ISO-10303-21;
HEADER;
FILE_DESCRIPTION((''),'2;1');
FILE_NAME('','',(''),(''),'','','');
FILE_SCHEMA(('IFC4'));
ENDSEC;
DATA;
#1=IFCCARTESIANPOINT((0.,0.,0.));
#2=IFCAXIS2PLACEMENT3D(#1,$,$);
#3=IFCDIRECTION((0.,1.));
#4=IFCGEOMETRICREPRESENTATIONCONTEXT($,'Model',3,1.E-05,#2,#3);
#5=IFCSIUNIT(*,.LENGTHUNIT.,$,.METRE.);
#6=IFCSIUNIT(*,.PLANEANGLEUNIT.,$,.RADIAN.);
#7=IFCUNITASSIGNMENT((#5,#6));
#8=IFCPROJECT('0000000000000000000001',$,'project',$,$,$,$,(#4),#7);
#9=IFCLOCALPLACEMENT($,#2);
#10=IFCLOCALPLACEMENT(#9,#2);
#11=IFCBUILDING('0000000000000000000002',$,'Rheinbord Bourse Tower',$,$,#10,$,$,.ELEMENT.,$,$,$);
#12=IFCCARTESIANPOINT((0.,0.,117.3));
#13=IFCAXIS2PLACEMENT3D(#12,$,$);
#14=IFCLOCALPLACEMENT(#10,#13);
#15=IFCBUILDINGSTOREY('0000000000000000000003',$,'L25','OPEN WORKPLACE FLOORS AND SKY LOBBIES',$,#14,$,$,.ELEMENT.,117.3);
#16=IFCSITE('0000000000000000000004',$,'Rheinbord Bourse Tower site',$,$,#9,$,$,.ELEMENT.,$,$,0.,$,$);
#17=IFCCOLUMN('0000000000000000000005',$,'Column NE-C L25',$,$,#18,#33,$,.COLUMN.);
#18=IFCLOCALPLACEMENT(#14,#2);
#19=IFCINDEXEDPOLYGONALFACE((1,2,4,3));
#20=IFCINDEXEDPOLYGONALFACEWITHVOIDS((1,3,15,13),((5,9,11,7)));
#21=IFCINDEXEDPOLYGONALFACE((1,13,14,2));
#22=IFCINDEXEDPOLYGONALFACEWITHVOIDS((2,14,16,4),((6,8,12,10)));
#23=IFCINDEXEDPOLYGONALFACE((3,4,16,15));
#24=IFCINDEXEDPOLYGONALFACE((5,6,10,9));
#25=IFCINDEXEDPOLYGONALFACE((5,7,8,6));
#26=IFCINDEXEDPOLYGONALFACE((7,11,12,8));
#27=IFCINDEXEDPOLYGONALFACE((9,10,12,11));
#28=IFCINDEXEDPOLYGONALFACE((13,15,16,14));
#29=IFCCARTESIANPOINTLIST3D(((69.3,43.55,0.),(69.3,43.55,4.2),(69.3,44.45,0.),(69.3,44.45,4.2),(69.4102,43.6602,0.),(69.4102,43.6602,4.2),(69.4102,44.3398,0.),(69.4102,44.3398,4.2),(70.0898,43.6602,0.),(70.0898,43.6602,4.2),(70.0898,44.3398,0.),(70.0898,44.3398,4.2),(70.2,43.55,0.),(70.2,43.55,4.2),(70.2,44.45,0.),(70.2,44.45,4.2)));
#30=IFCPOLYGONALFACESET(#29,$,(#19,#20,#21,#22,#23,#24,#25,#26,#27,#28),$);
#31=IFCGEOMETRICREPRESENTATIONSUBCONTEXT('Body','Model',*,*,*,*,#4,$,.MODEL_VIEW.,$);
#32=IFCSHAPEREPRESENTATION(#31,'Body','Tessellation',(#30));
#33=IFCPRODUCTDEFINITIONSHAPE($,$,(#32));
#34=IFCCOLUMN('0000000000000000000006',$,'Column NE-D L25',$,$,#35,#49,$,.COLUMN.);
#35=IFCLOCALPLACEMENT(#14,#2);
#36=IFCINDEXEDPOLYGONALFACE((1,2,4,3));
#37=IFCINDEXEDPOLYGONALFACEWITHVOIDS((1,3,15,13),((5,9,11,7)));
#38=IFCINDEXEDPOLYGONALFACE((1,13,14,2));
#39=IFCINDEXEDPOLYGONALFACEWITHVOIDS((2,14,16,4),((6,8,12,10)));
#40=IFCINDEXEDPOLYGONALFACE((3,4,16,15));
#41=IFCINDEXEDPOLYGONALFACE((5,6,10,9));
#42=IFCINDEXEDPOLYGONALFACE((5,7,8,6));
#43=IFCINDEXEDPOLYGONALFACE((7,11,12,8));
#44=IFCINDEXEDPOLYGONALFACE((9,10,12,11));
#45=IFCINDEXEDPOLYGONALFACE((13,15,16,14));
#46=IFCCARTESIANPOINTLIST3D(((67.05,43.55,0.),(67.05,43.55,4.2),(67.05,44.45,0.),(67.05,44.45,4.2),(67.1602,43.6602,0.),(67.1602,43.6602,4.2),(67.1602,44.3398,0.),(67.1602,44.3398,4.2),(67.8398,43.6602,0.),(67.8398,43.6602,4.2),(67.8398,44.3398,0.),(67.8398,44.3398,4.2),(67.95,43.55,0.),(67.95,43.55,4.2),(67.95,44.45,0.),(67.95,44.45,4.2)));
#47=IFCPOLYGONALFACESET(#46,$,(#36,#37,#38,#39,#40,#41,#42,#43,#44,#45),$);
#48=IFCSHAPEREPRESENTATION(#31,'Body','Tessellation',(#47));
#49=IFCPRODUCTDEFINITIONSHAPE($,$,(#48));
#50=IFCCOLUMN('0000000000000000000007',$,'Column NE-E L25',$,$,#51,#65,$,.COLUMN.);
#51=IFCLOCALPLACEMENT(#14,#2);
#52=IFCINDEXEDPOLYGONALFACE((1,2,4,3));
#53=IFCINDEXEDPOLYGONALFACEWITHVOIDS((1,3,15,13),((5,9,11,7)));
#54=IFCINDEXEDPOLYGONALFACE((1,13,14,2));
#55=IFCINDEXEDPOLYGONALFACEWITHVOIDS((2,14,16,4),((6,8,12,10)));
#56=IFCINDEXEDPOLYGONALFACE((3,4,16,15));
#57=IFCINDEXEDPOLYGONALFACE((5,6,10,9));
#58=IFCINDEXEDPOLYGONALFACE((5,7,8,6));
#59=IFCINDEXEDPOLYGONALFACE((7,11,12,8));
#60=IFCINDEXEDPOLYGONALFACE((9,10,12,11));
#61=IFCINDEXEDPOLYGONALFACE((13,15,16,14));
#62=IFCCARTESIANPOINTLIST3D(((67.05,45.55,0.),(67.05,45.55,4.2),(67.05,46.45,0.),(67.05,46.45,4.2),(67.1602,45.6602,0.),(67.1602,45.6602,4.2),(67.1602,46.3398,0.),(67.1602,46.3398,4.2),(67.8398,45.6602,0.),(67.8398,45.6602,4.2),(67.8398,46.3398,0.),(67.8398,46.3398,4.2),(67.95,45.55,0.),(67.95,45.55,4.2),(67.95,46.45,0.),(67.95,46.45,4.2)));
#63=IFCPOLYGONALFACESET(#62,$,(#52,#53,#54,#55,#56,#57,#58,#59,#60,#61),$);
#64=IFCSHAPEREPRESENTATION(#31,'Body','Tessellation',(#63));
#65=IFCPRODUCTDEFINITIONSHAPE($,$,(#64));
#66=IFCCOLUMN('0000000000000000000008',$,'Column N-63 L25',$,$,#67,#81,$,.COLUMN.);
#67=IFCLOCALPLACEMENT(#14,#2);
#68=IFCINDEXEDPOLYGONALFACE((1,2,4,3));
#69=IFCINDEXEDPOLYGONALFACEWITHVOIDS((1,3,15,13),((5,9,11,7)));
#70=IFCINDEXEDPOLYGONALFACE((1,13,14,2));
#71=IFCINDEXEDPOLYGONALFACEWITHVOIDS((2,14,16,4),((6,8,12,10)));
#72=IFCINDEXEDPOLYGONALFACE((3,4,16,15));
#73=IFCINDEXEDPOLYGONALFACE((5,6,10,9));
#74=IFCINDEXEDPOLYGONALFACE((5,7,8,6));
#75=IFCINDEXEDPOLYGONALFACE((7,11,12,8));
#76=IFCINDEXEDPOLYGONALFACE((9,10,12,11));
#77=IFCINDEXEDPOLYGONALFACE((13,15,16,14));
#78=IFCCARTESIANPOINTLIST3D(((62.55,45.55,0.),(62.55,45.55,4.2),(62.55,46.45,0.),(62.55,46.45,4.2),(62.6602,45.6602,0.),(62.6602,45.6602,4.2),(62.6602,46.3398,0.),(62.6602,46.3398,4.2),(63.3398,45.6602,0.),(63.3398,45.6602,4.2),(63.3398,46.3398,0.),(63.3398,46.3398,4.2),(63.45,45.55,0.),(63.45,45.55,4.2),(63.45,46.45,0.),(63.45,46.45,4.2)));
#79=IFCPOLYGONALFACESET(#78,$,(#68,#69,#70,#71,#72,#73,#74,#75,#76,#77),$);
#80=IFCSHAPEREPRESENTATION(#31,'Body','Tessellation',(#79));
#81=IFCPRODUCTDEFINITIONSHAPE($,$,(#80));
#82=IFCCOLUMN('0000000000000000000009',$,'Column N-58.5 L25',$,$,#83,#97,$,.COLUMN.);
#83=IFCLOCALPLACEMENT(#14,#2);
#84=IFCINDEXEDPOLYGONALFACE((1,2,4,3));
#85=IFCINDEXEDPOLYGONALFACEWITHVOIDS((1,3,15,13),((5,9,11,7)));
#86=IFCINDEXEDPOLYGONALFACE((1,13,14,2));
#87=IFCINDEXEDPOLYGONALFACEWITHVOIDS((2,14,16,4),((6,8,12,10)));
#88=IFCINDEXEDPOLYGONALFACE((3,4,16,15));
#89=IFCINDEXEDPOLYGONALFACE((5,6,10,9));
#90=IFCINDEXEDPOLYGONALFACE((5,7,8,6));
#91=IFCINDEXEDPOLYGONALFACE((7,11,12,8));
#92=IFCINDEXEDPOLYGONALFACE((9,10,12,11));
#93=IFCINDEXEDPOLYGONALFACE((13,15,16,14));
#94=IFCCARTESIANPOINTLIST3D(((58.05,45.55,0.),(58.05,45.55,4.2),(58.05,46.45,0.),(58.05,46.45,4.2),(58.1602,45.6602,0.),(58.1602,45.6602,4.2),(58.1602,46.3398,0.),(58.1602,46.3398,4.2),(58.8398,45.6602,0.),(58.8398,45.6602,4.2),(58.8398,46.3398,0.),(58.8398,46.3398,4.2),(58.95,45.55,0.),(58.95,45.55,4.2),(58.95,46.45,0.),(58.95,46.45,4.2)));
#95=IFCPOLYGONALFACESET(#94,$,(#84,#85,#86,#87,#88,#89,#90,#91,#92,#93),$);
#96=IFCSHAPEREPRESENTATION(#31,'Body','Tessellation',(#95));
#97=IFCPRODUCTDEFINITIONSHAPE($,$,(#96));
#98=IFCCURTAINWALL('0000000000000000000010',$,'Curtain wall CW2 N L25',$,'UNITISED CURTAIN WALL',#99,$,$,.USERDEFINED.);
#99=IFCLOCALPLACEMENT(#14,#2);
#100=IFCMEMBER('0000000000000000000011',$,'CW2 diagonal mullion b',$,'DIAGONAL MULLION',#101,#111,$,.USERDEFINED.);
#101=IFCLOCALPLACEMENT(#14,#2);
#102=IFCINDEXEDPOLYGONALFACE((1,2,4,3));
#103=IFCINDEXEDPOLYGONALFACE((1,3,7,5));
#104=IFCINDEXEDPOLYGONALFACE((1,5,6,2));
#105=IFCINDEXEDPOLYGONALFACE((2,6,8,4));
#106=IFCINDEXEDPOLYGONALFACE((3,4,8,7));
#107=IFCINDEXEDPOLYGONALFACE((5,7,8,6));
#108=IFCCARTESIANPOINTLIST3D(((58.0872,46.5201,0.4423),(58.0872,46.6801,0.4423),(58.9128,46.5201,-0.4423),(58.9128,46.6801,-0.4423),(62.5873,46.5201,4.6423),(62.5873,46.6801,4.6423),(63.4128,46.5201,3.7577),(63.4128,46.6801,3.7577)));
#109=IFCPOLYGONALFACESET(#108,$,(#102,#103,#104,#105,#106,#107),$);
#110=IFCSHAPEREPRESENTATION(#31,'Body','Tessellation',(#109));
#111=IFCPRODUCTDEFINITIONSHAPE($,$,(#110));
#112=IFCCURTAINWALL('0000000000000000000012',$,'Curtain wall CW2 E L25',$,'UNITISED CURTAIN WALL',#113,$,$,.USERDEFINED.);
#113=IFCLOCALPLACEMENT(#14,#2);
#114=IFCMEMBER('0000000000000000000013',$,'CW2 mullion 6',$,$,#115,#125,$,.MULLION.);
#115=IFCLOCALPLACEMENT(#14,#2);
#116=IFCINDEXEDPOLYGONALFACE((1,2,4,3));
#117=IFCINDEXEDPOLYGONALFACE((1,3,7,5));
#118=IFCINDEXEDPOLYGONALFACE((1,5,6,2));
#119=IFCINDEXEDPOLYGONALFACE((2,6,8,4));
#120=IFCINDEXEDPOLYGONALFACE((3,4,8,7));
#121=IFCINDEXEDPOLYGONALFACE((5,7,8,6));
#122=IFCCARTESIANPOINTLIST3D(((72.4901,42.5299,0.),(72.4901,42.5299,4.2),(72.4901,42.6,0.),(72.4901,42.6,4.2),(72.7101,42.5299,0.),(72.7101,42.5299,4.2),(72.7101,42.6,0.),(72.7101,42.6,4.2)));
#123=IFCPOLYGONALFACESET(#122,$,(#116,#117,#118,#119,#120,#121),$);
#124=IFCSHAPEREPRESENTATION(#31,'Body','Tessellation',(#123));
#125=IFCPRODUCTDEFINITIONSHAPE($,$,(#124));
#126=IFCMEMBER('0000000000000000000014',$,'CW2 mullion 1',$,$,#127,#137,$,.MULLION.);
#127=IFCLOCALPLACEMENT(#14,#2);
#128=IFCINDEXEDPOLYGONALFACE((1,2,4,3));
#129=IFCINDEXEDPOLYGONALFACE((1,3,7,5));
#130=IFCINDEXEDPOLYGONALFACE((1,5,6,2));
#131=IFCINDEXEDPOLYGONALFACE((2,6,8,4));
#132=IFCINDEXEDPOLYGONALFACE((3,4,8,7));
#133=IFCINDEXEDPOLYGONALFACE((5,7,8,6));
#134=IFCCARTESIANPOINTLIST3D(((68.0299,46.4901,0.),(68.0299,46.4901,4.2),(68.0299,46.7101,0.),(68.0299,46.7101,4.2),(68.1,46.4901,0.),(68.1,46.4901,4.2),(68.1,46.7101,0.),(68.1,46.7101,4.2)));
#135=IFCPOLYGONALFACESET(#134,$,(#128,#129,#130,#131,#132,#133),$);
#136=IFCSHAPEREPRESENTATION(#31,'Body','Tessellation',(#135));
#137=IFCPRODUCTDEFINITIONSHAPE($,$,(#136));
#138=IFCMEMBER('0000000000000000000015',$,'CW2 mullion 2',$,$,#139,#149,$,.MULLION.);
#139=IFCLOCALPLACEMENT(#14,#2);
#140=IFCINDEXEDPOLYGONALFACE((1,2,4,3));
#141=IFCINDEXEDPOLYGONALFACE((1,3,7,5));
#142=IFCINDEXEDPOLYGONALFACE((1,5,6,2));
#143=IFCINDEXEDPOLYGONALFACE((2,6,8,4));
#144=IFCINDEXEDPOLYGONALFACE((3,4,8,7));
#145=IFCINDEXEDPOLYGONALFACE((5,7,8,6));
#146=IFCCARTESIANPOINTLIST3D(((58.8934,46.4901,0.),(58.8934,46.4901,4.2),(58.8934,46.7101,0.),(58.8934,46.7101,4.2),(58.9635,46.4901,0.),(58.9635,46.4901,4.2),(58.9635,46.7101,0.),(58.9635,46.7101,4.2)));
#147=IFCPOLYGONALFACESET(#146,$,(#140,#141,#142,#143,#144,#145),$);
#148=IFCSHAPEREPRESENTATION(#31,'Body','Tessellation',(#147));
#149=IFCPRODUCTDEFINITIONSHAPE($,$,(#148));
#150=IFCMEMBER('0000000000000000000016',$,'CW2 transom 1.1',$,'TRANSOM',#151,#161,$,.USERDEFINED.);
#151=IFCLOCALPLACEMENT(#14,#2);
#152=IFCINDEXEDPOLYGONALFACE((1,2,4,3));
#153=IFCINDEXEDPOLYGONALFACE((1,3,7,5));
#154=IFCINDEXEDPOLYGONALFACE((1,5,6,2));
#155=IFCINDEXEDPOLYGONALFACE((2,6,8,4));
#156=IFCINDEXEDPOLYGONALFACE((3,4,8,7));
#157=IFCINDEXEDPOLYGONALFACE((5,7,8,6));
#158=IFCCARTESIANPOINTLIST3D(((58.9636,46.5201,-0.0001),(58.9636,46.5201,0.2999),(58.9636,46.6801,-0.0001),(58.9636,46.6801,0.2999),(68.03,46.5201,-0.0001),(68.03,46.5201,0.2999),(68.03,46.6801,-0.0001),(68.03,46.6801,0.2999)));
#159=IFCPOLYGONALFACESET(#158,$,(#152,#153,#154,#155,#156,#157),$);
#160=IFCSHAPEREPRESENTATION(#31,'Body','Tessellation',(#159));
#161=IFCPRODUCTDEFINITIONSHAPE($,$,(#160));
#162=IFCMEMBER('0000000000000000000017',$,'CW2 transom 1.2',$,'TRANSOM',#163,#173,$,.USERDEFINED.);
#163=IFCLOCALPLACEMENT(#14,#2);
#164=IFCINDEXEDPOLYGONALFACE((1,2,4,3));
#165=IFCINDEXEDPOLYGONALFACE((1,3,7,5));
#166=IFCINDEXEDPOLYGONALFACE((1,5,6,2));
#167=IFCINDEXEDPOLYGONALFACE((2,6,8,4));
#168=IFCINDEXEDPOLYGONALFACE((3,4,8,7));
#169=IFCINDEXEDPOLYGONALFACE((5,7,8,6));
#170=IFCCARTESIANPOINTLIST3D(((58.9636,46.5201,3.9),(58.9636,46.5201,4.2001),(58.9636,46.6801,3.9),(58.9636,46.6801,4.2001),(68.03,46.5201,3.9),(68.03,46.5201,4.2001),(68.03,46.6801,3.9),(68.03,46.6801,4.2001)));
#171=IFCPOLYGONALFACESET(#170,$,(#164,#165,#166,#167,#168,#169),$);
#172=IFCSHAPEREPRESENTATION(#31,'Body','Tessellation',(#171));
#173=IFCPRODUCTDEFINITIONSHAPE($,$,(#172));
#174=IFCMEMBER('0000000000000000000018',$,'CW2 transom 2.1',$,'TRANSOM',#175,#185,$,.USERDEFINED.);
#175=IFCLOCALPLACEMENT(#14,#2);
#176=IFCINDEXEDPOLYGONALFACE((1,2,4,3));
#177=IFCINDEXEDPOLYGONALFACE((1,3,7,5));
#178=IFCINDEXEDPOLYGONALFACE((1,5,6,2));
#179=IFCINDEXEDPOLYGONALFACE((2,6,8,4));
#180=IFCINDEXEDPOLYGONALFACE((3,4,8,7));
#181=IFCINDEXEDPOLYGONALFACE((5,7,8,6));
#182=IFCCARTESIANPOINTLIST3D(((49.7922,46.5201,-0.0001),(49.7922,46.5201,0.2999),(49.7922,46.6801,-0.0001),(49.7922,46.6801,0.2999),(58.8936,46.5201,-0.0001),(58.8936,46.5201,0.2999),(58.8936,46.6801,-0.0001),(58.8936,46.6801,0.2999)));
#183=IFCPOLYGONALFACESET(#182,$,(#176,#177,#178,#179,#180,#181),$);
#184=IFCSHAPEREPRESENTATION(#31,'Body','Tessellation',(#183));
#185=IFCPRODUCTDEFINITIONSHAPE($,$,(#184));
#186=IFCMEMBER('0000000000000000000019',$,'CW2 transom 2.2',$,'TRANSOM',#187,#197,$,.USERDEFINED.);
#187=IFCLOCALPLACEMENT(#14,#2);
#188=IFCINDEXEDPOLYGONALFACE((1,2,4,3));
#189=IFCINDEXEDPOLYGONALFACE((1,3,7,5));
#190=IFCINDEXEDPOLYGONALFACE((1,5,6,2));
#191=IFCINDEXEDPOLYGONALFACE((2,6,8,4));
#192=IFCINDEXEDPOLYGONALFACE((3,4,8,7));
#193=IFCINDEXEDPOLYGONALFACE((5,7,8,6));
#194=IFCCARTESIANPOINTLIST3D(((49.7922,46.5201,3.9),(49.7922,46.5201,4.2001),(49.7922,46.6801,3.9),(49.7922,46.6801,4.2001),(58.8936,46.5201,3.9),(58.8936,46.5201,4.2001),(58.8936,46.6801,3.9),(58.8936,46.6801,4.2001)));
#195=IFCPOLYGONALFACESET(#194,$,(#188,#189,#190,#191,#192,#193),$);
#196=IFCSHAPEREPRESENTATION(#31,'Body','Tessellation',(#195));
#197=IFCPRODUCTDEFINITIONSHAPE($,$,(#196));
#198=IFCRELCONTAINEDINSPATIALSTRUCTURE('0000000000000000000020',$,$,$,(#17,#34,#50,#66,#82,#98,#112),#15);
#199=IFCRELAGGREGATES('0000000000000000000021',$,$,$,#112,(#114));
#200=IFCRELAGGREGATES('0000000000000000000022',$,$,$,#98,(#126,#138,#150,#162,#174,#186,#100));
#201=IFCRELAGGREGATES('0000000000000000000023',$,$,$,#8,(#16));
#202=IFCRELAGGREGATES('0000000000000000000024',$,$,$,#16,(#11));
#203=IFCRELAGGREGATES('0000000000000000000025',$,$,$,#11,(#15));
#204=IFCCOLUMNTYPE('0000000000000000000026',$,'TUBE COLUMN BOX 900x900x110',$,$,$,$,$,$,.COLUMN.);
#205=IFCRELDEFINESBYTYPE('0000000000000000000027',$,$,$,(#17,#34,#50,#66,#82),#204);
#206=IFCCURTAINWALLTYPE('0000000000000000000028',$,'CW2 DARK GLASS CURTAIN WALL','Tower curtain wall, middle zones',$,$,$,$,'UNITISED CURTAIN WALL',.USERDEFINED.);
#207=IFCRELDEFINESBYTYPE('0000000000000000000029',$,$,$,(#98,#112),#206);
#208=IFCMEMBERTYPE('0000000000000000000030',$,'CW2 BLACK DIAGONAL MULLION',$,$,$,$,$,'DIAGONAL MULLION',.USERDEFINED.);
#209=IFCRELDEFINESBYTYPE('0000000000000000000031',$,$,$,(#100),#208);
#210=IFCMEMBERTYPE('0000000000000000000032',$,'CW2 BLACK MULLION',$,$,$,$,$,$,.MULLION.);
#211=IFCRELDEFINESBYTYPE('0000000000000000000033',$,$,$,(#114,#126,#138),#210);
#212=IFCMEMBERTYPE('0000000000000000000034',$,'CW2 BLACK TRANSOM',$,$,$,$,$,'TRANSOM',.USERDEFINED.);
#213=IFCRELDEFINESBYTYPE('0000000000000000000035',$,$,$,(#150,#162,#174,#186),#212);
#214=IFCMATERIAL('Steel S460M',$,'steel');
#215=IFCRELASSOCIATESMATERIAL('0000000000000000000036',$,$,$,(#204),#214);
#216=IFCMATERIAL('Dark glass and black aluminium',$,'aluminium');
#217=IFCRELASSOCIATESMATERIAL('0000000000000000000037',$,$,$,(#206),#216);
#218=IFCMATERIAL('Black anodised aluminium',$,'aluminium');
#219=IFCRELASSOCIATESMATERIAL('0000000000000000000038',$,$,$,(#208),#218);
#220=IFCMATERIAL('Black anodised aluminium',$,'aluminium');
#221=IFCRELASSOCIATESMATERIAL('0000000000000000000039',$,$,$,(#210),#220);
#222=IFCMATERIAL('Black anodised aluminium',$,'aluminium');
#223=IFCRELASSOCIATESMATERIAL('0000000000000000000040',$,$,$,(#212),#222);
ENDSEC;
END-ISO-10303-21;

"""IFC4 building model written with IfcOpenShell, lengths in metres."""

from ifc_helpers import new_model, si_unit, direction, frame, origin, origin_2d, place, context, subcontext, project, spatial, rectangle, hollow_rectangle, extrude, material, material_profile, profile_set, type_object, element, aggregate, save


model = new_model("IFC4")

# Units and contexts
model_context = context("Model", 3, precision=1e-05, world=origin(), true_north=direction((0.0, 1.0)))
body_context = subcontext(model_context, "Body", "Model", "MODEL_VIEW")
ifc_project = project(units=[si_unit("LENGTHUNIT", "METRE"), si_unit("PLANEANGLEUNIT", "RADIAN")], contexts=[model_context])

# Site, building, storey
site_placement = place(None, origin())
site = spatial("IfcSite", under=ifc_project, at=site_placement, Name="Rheinbord Bourse Tower site", CompositionType="ELEMENT", RefElevation=0.0)
building_placement = place(site_placement, origin())
building = spatial("IfcBuilding", under=site, at=building_placement, Name="Rheinbord Bourse Tower", CompositionType="ELEMENT")
storey_placement = place(building_placement, frame((0.0, 0.0, 117.3)))
storey = spatial("IfcBuildingStorey", under=building, at=storey_placement, Name="L25", Description="OPEN WORKPLACE FLOORS AND SKY LOBBIES", CompositionType="ELEMENT", Elevation=117.3)

# Columns
ifc_material_1 = material(Name="Steel S460M", Category="steel")
ifc_material_profile_1 = material_profile(ifc_material_1, hollow_rectangle(XDim=0.8999, YDim=0.8999, WallThickness=0.1101, at=origin_2d()), Name="BOX 900x900x110")
ifc_profile_set_1 = profile_set([ifc_material_profile_1], Name="Steel S460M")
column_type = type_object("IfcColumnType", Name="TUBE COLUMN BOX 900x900x110", PredefinedType="COLUMN", material=ifc_profile_set_1)
for number, where, z_axis, x_axis, name in (
    (1, (69.75, 44.0, 0.0), (0.0, 0.0, 1.0), (1.0, 0.0, 0.0), "Column NE-C L25"),
    (2, (67.5, 44.0, 0.0), (0.0, 0.0, 1.0), (0.0, 1.0, 0.0), "Column NE-D L25"),
    (3, (67.5, 46.0, 0.0), (0.0, 0.0, 1.0), (0.0, 1.0, 0.0), "Column NE-E L25"),
    (4, (63.0, 46.0, 0.0), (0.0, 0.0, 1.0), (0.0, 1.0, 0.0), "Column N-63 L25"),
    (5, (58.5, 46.0, 0.0), (0.0, 0.0, 1.0), (0.0, 1.0, 0.0), "Column N-58.5 L25"),
):
    element("IfcColumn", number, at=place(storey_placement, frame(where, z_axis=z_axis, x_axis=x_axis)), inside=storey, type_object=column_type, Name=name, PredefinedType="COLUMN", context=body_context, shape_type="SweptSolid", body=[
        extrude(hollow_rectangle(XDim=0.8999, YDim=0.8999, WallThickness=0.1101, at=origin_2d()), origin(), (0.0, 0.0, 1.0), 4.2),
    ])

# Curtain walls, members
ifc_material_2 = material(Name="Dark glass and black aluminium", Category="aluminium")
curtain_wall_type = type_object("IfcCurtainWallType", Name="CW2 DARK GLASS CURTAIN WALL", Description="Tower curtain wall, middle zones", ElementType="UNITISED CURTAIN WALL", PredefinedType="USERDEFINED", material=ifc_material_2)
curtain_wall_1_placement = place(storey_placement, origin())
curtain_wall_1 = element("IfcCurtainWall", 6, at=curtain_wall_1_placement, inside=storey, type_object=curtain_wall_type, Name="Curtain wall CW2 N L25", ObjectType="UNITISED CURTAIN WALL", PredefinedType="USERDEFINED")
ifc_material_3 = material(Name="Black anodised aluminium", Category="aluminium")
ifc_material_profile_2 = material_profile(ifc_material_3, rectangle(XDim=0.1599, YDim=1.21, at=origin_2d()), Name="CW2 DIAGONAL MULLION 1210x160")
ifc_profile_set_2 = profile_set([ifc_material_profile_2], Name="Black anodised aluminium")
member_type_1 = type_object("IfcMemberType", Name="CW2 BLACK DIAGONAL MULLION", ElementType="DIAGONAL MULLION", PredefinedType="USERDEFINED", material=ifc_profile_set_2)
member_1_placement = place(storey_placement, frame((58.5, 46.6001, 0.0), z_axis=(0.731059, 0.0, 0.682314), x_axis=(0.0, 1.0, 0.0)))
member_1 = element("IfcMember", 7, at=member_1_placement, type_object=member_type_1, Name="CW2 diagonal mullion b", ObjectType="DIAGONAL MULLION", PredefinedType="USERDEFINED", context=body_context, shape_type="SweptSolid", body=[
    extrude(rectangle(XDim=0.1599, YDim=1.21, at=origin_2d()), origin(), (0.0, 0.0, 1.0), 6.1555),
])
curtain_wall_2_placement = place(storey_placement, origin())
curtain_wall_2 = element("IfcCurtainWall", 8, at=curtain_wall_2_placement, inside=storey, type_object=curtain_wall_type, Name="Curtain wall CW2 E L25", ObjectType="UNITISED CURTAIN WALL", PredefinedType="USERDEFINED")
ifc_material_4 = material(Name="Black anodised aluminium", Category="aluminium")
ifc_material_profile_3 = material_profile(ifc_material_4, rectangle(XDim=0.22, YDim=0.0701, at=origin_2d()), Name="CW2 MULLION 70x220")
ifc_profile_set_3 = profile_set([ifc_material_profile_3], Name="Black anodised aluminium")
member_type_2 = type_object("IfcMemberType", Name="CW2 BLACK MULLION", PredefinedType="MULLION", material=ifc_profile_set_3)
member_2_placement = place(storey_placement, frame((72.6001, 42.5649, 0.0), z_axis=(0.0, 0.0, 1.0), x_axis=(-1.0, 0.0, 0.0)))
member_2 = element("IfcMember", 9, at=member_2_placement, type_object=member_type_2, Name="CW2 mullion 6", PredefinedType="MULLION", context=body_context, shape_type="SweptSolid", body=[
    extrude(rectangle(XDim=0.22, YDim=0.0701, at=origin_2d()), origin(), (0.0, 0.0, 1.0), 4.2),
])

# Members
member_3_placement = place(storey_placement, frame((68.0649, 46.6001, 0.0), z_axis=(0.0, 0.0, 1.0), x_axis=(0.0, -1.0, 0.0)))
member_3 = element("IfcMember", 10, at=member_3_placement, type_object=member_type_2, Name="CW2 mullion 1", PredefinedType="MULLION", context=body_context, shape_type="SweptSolid", body=[
    extrude(rectangle(XDim=0.22, YDim=0.0701, at=origin_2d()), origin(), (0.0, 0.0, 1.0), 4.2),
])
member_4_placement = place(storey_placement, frame((58.9285, 46.6001, 0.0), z_axis=(0.0, 0.0, 1.0), x_axis=(0.0, -1.0, 0.0)))
member_4 = element("IfcMember", 11, at=member_4_placement, type_object=member_type_2, Name="CW2 mullion 2", PredefinedType="MULLION", context=body_context, shape_type="SweptSolid", body=[
    extrude(rectangle(XDim=0.22, YDim=0.0701, at=origin_2d()), origin(), (0.0, 0.0, 1.0), 4.2),
])
ifc_material_5 = material(Name="Black anodised aluminium", Category="aluminium")
ifc_material_profile_4 = material_profile(ifc_material_5, rectangle(XDim=0.1599, YDim=0.3, at=origin_2d()), Name="CW2 TRANSOM 300x160")
ifc_profile_set_4 = profile_set([ifc_material_profile_4], Name="Black anodised aluminium")
member_type_3 = type_object("IfcMemberType", Name="CW2 BLACK TRANSOM", ElementType="TRANSOM", PredefinedType="USERDEFINED", material=ifc_profile_set_4)
member_5_placement = place(storey_placement, frame((68.03, 46.6001, 0.1499), z_axis=(-1.0, 0.0, 0.0), x_axis=(0.0, -1.0, 0.0)))
member_5 = element("IfcMember", 12, at=member_5_placement, type_object=member_type_3, Name="CW2 transom 1.1", ObjectType="TRANSOM", PredefinedType="USERDEFINED", context=body_context, shape_type="SweptSolid", body=[
    extrude(rectangle(XDim=0.1599, YDim=0.3, at=origin_2d()), origin(), (0.0, 0.0, 1.0), 9.0664),
])
member_6_placement = place(storey_placement, frame((68.03, 46.6001, 4.05), z_axis=(-1.0, 0.0, 0.0), x_axis=(0.0, -1.0, 0.0)))
member_6 = element("IfcMember", 13, at=member_6_placement, type_object=member_type_3, Name="CW2 transom 1.2", ObjectType="TRANSOM", PredefinedType="USERDEFINED", context=body_context, shape_type="SweptSolid", body=[
    extrude(rectangle(XDim=0.1599, YDim=0.3, at=origin_2d()), origin(), (0.0, 0.0, 1.0), 9.0664),
])
member_7_placement = place(storey_placement, frame((58.8936, 46.6001, 0.1499), z_axis=(-1.0, 0.0, 0.0), x_axis=(0.0, -1.0, 0.0)))
member_7 = element("IfcMember", 14, at=member_7_placement, type_object=member_type_3, Name="CW2 transom 2.1", ObjectType="TRANSOM", PredefinedType="USERDEFINED", context=body_context, shape_type="SweptSolid", body=[
    extrude(rectangle(XDim=0.1599, YDim=0.3, at=origin_2d()), origin(), (0.0, 0.0, 1.0), 9.1013),
])
member_8_placement = place(storey_placement, frame((58.8936, 46.6001, 4.05), z_axis=(-1.0, 0.0, 0.0), x_axis=(0.0, -1.0, 0.0)))
member_8 = element("IfcMember", 15, at=member_8_placement, type_object=member_type_3, Name="CW2 transom 2.2", ObjectType="TRANSOM", PredefinedType="USERDEFINED", context=body_context, shape_type="SweptSolid", body=[
    extrude(rectangle(XDim=0.1599, YDim=0.3, at=origin_2d()), origin(), (0.0, 0.0, 1.0), 9.1013),
])

aggregate(curtain_wall_2, [member_2])
aggregate(curtain_wall_1, [member_3, member_4, member_5, member_6, member_7, member_8, member_1])

save(model, "model.ifc")
